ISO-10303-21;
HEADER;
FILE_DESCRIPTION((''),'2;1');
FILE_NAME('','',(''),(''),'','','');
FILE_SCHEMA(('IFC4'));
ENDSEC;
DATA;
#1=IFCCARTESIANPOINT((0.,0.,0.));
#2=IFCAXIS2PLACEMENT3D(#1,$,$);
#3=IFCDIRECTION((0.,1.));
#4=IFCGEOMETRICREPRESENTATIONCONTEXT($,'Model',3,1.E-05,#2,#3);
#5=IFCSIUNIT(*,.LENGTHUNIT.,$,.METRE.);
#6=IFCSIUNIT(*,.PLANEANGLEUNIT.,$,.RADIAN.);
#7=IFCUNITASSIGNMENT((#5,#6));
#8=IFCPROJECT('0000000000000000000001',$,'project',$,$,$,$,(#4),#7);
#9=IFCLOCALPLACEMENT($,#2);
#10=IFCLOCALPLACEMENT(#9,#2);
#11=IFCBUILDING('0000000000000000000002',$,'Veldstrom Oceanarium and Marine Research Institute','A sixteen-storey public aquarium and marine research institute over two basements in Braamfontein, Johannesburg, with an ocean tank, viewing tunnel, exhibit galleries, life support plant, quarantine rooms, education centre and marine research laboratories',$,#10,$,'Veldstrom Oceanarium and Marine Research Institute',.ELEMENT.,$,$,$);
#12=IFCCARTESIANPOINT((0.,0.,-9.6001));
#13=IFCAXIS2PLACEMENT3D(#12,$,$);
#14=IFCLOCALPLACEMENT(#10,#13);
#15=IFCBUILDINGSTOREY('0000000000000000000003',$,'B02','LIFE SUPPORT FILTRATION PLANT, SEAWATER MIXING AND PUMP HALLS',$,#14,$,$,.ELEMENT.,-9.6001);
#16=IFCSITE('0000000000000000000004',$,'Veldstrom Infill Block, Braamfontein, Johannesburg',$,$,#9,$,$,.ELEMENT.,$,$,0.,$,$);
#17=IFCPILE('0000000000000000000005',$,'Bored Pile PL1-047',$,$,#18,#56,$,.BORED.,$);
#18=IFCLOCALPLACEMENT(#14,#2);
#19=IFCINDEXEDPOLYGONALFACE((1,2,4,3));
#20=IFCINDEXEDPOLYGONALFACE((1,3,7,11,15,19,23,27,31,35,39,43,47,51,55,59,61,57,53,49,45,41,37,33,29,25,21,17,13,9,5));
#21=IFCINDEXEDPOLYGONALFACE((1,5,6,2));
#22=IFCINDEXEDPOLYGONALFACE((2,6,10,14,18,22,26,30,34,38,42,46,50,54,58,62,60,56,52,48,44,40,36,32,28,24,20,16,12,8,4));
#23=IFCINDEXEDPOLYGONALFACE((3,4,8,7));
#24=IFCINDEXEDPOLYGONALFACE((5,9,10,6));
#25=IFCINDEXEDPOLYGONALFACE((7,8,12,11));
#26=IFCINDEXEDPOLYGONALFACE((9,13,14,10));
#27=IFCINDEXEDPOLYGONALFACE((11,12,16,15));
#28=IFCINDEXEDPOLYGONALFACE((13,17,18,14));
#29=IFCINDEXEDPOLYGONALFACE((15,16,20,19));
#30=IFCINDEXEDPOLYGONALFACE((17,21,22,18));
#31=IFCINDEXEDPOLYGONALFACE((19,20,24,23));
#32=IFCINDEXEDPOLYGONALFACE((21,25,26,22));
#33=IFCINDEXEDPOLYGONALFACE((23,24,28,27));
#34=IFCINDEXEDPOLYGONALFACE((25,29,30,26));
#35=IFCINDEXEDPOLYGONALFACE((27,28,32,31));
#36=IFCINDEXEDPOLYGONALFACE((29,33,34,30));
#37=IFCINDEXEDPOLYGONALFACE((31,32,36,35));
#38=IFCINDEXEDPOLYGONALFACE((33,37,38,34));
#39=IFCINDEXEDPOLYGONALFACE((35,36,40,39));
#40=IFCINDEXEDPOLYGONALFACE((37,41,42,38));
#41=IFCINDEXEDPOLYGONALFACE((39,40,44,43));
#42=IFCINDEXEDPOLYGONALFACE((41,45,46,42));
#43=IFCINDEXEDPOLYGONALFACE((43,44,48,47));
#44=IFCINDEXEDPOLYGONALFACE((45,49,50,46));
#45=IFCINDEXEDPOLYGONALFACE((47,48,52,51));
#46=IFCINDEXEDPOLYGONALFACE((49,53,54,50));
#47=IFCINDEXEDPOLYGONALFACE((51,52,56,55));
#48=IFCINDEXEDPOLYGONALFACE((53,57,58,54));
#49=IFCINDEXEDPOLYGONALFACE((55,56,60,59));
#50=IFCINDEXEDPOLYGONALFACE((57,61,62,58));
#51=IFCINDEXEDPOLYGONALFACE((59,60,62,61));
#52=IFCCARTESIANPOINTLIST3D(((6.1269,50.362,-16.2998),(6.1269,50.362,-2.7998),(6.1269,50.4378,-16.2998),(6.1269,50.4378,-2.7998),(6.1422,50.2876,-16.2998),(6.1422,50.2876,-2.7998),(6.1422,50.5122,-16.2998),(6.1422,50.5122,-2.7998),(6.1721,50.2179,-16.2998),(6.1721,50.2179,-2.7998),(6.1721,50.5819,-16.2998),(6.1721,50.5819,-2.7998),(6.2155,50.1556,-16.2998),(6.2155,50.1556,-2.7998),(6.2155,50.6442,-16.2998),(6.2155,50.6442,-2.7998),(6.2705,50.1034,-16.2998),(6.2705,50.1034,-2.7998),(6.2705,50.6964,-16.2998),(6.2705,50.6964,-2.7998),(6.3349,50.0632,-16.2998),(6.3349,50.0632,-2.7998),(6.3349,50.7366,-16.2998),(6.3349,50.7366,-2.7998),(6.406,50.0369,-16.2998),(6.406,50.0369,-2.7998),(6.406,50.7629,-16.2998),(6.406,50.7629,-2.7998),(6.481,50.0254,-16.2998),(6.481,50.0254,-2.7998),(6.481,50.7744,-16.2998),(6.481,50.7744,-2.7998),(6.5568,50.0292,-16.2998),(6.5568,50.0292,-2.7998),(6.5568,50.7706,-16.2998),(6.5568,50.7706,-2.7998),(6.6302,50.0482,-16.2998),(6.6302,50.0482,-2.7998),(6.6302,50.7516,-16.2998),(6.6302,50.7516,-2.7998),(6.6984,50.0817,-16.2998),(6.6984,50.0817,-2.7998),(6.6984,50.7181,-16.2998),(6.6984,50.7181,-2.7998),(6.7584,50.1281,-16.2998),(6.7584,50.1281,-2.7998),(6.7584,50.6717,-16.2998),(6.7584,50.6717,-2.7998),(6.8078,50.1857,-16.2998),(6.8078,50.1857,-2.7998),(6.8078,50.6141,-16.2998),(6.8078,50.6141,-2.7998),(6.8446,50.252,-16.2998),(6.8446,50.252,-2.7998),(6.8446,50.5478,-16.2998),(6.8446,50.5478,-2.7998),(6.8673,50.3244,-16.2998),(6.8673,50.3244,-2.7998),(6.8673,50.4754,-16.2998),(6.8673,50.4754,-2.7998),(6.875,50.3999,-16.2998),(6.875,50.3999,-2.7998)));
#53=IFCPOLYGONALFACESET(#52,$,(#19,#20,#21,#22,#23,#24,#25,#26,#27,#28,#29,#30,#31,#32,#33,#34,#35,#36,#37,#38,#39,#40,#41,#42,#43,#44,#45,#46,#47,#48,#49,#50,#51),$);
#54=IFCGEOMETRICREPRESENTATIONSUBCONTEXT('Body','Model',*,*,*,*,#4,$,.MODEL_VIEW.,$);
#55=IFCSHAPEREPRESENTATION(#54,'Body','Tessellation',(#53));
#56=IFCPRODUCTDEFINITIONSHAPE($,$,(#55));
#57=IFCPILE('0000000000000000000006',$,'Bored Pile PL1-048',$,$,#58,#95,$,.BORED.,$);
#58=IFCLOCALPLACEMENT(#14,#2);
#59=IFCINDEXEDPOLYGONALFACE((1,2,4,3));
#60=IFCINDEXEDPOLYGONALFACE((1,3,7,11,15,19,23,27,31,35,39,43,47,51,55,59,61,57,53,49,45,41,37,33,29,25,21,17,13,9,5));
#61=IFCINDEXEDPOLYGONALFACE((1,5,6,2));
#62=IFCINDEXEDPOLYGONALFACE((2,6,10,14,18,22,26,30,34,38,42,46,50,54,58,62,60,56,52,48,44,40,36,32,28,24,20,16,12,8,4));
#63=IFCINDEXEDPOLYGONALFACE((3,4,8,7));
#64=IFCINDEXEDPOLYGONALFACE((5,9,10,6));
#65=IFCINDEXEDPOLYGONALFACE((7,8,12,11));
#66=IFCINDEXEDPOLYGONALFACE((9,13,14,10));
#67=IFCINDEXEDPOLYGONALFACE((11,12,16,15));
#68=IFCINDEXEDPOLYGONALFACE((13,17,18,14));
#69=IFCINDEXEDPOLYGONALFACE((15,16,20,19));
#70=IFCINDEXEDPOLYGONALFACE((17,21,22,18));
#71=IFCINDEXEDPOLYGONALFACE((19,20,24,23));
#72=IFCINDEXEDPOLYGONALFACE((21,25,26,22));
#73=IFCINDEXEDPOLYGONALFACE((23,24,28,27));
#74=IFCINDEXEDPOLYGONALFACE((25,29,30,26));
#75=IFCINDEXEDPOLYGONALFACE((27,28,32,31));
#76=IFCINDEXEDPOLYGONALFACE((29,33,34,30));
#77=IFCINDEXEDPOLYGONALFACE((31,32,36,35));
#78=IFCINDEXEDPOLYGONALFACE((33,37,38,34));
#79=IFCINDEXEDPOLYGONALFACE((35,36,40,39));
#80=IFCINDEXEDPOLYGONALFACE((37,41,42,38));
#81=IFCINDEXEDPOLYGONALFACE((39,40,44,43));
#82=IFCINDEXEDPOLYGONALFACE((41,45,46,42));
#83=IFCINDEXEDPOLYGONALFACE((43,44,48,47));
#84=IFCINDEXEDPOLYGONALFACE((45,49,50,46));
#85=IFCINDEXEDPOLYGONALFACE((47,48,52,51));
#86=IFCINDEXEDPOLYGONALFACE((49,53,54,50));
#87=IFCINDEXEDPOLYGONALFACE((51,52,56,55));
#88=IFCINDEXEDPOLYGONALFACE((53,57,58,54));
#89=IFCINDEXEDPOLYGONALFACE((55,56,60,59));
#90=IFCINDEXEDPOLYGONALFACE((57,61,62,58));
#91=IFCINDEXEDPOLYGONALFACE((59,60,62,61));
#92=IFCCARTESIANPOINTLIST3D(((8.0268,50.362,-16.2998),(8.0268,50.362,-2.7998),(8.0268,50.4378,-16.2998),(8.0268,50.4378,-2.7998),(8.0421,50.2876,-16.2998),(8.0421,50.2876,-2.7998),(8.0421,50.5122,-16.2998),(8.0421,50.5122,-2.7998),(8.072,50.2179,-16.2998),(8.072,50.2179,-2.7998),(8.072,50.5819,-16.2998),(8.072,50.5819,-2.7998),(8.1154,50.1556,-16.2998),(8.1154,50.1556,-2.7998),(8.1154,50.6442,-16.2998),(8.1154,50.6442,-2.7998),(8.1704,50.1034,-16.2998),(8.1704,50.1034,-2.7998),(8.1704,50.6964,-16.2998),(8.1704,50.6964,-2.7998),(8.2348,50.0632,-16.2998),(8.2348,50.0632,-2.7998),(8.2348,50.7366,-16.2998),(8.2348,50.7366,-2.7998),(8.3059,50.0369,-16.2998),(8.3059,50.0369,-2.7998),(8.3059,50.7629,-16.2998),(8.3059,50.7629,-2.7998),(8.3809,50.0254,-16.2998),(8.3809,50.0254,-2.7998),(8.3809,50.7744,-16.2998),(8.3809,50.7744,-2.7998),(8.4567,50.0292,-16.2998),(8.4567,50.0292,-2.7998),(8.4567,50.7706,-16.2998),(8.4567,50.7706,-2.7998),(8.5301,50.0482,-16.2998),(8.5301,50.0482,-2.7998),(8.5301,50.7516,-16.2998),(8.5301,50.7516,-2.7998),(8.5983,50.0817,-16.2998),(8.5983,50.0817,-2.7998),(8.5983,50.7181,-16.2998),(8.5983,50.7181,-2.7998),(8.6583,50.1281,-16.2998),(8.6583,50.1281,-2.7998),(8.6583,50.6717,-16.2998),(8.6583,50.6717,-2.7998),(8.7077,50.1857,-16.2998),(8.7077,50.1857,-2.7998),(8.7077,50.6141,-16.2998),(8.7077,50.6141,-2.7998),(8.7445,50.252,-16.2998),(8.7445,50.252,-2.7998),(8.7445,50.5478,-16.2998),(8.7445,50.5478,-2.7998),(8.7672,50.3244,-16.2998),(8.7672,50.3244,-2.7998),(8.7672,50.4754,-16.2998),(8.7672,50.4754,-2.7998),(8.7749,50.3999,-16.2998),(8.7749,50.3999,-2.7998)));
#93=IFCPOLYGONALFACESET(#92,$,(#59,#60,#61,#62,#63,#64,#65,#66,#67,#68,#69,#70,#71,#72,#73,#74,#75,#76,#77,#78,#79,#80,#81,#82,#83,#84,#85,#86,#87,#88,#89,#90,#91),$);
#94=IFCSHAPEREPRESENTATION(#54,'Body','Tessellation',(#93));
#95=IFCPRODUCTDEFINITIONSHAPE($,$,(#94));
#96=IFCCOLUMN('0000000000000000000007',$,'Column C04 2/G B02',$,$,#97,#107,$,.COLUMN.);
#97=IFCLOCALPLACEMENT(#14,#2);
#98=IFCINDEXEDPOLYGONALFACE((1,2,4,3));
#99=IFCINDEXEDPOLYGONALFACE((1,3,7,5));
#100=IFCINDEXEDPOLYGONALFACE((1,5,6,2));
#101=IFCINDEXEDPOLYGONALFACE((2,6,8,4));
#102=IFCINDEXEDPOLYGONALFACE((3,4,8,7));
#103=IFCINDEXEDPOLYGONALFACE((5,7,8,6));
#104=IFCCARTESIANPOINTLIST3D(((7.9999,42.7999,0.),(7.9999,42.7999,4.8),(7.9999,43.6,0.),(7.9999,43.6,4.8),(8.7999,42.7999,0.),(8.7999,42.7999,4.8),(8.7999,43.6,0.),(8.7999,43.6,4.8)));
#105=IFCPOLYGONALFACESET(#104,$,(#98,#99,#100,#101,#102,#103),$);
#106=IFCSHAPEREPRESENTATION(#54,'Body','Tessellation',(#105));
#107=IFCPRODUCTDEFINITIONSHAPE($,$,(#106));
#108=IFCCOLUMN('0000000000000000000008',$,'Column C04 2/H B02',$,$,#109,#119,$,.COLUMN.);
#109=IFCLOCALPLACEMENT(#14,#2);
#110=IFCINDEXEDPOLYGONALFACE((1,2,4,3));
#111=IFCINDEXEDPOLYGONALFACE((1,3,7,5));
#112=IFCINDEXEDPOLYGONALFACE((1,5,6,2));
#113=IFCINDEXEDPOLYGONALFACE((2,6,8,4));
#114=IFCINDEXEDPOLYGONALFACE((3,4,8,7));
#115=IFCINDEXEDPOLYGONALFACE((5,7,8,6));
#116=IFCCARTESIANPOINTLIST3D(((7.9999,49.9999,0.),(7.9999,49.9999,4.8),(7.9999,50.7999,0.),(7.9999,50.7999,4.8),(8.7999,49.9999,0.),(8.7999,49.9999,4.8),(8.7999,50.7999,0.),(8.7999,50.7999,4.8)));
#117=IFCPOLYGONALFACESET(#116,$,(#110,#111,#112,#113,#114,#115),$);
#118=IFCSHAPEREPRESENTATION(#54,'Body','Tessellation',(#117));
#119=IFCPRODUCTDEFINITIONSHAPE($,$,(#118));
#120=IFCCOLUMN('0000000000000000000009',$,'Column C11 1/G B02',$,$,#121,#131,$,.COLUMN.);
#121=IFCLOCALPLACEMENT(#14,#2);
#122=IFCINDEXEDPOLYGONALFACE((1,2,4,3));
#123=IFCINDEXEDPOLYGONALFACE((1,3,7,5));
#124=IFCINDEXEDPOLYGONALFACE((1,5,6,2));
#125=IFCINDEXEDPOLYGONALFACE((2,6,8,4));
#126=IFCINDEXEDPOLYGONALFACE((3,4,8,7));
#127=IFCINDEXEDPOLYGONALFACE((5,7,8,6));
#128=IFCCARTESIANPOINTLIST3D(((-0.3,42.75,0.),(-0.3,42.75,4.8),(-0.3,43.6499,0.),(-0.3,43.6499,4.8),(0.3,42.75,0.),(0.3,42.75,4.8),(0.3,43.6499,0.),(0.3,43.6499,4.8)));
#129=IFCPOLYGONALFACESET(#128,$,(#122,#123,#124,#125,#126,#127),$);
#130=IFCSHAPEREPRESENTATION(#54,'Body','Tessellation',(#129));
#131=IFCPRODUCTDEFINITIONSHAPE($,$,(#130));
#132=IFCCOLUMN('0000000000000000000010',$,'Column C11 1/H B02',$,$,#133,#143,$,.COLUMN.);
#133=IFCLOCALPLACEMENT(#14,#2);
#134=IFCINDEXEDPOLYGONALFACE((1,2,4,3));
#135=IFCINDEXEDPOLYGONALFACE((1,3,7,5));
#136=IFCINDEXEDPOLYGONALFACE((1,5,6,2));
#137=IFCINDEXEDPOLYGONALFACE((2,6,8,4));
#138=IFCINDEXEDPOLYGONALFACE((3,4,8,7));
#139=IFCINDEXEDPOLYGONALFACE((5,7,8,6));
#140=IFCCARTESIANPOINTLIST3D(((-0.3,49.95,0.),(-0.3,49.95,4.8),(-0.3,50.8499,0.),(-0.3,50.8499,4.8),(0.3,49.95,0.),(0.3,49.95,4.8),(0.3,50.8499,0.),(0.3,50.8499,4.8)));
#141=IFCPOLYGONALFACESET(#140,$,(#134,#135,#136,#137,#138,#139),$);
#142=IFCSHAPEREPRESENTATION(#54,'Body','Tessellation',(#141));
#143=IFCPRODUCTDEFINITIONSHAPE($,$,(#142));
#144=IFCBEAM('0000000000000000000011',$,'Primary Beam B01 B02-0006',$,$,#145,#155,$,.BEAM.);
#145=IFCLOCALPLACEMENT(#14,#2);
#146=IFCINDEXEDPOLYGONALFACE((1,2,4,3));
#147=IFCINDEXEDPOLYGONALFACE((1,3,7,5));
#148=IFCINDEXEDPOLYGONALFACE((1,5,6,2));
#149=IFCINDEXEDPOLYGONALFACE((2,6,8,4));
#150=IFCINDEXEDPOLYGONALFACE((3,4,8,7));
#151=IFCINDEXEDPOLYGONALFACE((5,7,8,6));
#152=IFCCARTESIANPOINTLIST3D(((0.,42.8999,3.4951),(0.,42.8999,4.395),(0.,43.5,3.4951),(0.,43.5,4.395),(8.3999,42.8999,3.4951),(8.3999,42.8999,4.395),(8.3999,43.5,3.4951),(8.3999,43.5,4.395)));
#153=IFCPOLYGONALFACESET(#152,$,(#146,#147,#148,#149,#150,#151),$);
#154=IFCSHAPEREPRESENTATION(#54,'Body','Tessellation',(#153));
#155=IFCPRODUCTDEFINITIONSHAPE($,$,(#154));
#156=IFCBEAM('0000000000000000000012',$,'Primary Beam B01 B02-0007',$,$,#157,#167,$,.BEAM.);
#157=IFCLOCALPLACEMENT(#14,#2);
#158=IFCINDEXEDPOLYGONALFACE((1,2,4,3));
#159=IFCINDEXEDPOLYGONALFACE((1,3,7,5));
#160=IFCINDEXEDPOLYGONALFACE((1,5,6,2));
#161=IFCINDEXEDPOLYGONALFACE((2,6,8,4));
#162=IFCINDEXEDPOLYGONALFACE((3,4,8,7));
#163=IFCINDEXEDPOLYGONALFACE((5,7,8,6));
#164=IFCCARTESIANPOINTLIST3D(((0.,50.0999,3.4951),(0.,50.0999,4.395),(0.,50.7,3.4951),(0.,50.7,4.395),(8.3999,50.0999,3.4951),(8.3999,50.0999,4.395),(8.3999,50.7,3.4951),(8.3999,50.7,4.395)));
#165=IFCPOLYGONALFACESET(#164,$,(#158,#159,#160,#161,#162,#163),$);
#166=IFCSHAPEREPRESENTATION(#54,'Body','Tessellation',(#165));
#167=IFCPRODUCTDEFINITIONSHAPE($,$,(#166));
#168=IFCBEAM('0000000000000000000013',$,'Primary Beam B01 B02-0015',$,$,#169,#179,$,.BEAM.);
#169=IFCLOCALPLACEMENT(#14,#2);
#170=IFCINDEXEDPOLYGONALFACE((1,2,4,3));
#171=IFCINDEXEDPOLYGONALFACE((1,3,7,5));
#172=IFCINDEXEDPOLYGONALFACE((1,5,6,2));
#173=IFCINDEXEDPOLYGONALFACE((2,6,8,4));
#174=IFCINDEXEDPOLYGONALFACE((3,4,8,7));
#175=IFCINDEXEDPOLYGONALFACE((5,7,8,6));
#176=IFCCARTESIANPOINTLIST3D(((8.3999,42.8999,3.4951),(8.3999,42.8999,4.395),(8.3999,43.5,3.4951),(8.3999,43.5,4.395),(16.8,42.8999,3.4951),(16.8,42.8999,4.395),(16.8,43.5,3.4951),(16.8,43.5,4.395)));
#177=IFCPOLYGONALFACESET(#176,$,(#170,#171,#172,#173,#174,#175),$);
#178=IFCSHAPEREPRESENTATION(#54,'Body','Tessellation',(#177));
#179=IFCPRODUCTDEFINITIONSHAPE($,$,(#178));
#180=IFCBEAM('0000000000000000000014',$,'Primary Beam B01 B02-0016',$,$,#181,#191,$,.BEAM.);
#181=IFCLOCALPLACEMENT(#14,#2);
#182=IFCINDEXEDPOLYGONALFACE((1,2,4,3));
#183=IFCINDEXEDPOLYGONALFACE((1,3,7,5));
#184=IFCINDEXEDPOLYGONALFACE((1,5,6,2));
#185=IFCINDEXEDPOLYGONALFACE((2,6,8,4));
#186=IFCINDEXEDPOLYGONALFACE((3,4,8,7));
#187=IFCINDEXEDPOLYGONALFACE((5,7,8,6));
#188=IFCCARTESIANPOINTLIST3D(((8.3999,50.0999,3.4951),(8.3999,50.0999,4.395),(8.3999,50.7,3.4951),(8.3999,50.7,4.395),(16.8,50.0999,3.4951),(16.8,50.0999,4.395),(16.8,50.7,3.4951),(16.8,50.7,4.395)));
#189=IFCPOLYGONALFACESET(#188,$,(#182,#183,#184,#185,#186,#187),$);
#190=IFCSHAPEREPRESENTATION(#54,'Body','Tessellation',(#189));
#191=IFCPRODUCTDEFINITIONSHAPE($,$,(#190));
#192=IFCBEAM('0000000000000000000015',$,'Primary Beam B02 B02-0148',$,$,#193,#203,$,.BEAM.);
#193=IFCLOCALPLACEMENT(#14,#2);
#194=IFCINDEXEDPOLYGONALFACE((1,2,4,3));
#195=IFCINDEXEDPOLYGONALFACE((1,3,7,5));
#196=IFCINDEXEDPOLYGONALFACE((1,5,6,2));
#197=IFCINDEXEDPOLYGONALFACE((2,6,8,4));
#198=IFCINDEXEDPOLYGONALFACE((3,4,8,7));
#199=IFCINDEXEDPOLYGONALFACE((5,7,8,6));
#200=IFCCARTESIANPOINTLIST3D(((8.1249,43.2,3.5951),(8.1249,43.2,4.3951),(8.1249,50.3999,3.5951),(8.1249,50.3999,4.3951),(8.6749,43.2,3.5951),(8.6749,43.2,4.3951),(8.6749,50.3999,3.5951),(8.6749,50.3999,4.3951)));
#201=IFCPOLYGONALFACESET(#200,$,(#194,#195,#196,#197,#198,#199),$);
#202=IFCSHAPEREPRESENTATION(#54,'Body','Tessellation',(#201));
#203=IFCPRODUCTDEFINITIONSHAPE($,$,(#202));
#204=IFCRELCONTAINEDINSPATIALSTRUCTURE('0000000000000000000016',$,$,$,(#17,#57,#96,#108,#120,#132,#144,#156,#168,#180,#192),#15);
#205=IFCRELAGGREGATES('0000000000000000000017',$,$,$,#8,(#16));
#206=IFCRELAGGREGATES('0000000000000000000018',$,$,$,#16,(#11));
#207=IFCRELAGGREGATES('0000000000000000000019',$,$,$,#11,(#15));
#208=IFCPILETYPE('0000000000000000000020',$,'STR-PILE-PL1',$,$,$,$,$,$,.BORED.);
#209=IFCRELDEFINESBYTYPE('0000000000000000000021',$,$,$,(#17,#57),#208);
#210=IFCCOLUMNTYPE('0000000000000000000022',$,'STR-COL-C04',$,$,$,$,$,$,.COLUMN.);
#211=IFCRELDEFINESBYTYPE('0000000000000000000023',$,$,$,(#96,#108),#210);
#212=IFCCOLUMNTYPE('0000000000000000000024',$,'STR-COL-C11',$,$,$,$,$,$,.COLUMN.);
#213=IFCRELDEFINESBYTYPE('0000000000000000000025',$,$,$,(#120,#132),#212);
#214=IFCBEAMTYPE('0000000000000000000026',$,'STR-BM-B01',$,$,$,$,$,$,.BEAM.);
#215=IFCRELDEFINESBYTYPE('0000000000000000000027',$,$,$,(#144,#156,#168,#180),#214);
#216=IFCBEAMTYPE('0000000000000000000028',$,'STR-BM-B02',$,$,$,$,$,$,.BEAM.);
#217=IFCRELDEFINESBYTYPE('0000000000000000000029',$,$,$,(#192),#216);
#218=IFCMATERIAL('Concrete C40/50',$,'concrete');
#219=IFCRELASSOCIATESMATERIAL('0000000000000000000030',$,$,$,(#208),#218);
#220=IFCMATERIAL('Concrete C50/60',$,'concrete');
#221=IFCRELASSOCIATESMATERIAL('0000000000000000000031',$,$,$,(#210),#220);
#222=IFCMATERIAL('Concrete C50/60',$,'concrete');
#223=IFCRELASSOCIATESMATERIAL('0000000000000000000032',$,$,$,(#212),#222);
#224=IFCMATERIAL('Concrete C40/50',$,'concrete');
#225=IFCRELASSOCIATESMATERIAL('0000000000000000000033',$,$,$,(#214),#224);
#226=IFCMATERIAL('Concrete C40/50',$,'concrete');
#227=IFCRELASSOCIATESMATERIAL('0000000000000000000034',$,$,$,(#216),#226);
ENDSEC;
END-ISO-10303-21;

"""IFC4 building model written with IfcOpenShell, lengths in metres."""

from ifc_helpers import new_model, si_unit, direction, frame, origin, origin_2d, place, context, subcontext, project, spatial, rectangle, circle, extrude, material, material_profile, profile_set, type_object, element, save


model = new_model("IFC4")

# Units and contexts
model_context = context("Model", 3, precision=1e-05, world=origin(), true_north=direction((0.0, 1.0)))
body_context = subcontext(model_context, "Body", "Model", "MODEL_VIEW")
ifc_project = project(units=[si_unit("LENGTHUNIT", "METRE"), si_unit("PLANEANGLEUNIT", "RADIAN")], contexts=[model_context])

# Site, building, storey
site_placement = place(None, origin())
site = spatial("IfcSite", under=ifc_project, at=site_placement, Name="Veldstrom Infill Block, Braamfontein, Johannesburg", CompositionType="ELEMENT", RefElevation=0.0)
building_placement = place(site_placement, origin())
building = spatial("IfcBuilding", under=site, at=building_placement, Name="Veldstrom Oceanarium and Marine Research Institute", Description="A sixteen-storey public aquarium and marine research institute over two basements in Braamfontein, Johannesburg, with an ocean tank, viewing tunnel, exhibit galleries, life support plant, quarantine rooms, education centre and marine research laboratories", LongName="Veldstrom Oceanarium and Marine Research Institute", CompositionType="ELEMENT")
storey_placement = place(building_placement, frame((0.0, 0.0, -9.6001)))
storey = spatial("IfcBuildingStorey", under=building, at=storey_placement, Name="B02", Description="LIFE SUPPORT FILTRATION PLANT, SEAWATER MIXING AND PUMP HALLS", CompositionType="ELEMENT", Elevation=-9.6001)

# Piles
ifc_material_1 = material(Name="Concrete C40/50", Category="concrete")
ifc_material_profile_1 = material_profile(ifc_material_1, circle(Radius=0.375, at=origin_2d()), Name="PILE-D750")
ifc_profile_set_1 = profile_set([ifc_material_profile_1], Name="Concrete C40/50")
pile_type = type_object("IfcPileType", Name="STR-PILE-PL1", PredefinedType="BORED", material=ifc_profile_set_1)
for number, where, z_axis, x_axis, name in (
    (1, (6.5, 50.3999, -2.7998), (0.0, 0.0, -1.0), (1.0, 0.0, 0.0), "Bored Pile PL1-047"),
    (2, (8.3999, 50.3999, -2.7998), (0.0, 0.0, -1.0), (1.0, 0.0, 0.0), "Bored Pile PL1-048"),
):
    element("IfcPile", number, at=place(storey_placement, frame(where, z_axis=z_axis, x_axis=x_axis)), inside=storey, type_object=pile_type, Name=name, PredefinedType="BORED", context=body_context, shape_type="SweptSolid", body=[
        extrude(circle(Radius=0.375, at=origin_2d()), origin(), (0.0, 0.0, 1.0), 13.5),
    ])

# Columns
ifc_material_2 = material(Name="Concrete C50/60", Category="concrete")
ifc_material_profile_2 = material_profile(ifc_material_2, rectangle(XDim=0.8, YDim=0.8, at=origin_2d()), Name="RC-COL-800x800")
ifc_profile_set_2 = profile_set([ifc_material_profile_2], Name="Concrete C50/60")
column_type_1 = type_object("IfcColumnType", Name="STR-COL-C04", PredefinedType="COLUMN", material=ifc_profile_set_2)
for number, where, z_axis, x_axis, name in (
    (3, (8.3999, 43.2, 0.0), (0.0, 0.0, 1.0), (1.0, 0.0, 0.0), "Column C04 2/G B02"),
    (4, (8.3999, 50.3999, 0.0), (0.0, 0.0, 1.0), (1.0, 0.0, 0.0), "Column C04 2/H B02"),
):
    element("IfcColumn", number, at=place(storey_placement, frame(where, z_axis=z_axis, x_axis=x_axis)), inside=storey, type_object=column_type_1, Name=name, PredefinedType="COLUMN", context=body_context, shape_type="SweptSolid", body=[
        extrude(rectangle(XDim=0.8, YDim=0.8, at=origin_2d()), origin(), (0.0, 0.0, 1.0), 4.8),
    ])
ifc_material_3 = material(Name="Concrete C50/60", Category="concrete")
ifc_material_profile_3 = material_profile(ifc_material_3, rectangle(XDim=0.6001, YDim=0.8999, at=origin_2d()), Name="RC-COL-900x600")
ifc_profile_set_3 = profile_set([ifc_material_profile_3], Name="Concrete C50/60")
column_type_2 = type_object("IfcColumnType", Name="STR-COL-C11", PredefinedType="COLUMN", material=ifc_profile_set_3)
for number, where, z_axis, x_axis, name in (
    (5, (0.0, 43.2, 0.0), (0.0, 0.0, 1.0), (1.0, 0.0, 0.0), "Column C11 1/G B02"),
    (6, (0.0, 50.3999, 0.0), (0.0, 0.0, 1.0), (1.0, 0.0, 0.0), "Column C11 1/H B02"),
):
    element("IfcColumn", number, at=place(storey_placement, frame(where, z_axis=z_axis, x_axis=x_axis)), inside=storey, type_object=column_type_2, Name=name, PredefinedType="COLUMN", context=body_context, shape_type="SweptSolid", body=[
        extrude(rectangle(XDim=0.6001, YDim=0.8999, at=origin_2d()), origin(), (0.0, 0.0, 1.0), 4.8),
    ])

# Beams
ifc_material_4 = material(Name="Concrete C40/50", Category="concrete")
ifc_material_profile_4 = material_profile(ifc_material_4, rectangle(XDim=0.6001, YDim=0.8999, at=origin_2d()), Name="RC-BM-600x900")
ifc_profile_set_4 = profile_set([ifc_material_profile_4], Name="Concrete C40/50")
beam_type_1 = type_object("IfcBeamType", Name="STR-BM-B01", PredefinedType="BEAM", material=ifc_profile_set_4)
for number, where, z_axis, x_axis, name in (
    (7, (0.0, 43.2, 3.9451), (1.0, 0.0, 0.0), (0.0, 1.0, 0.0), "Primary Beam B01 B02-0006"),
    (8, (0.0, 50.3999, 3.9451), (1.0, 0.0, 0.0), (0.0, 1.0, 0.0), "Primary Beam B01 B02-0007"),
):
    element("IfcBeam", number, at=place(storey_placement, frame(where, z_axis=z_axis, x_axis=x_axis)), inside=storey, type_object=beam_type_1, Name=name, PredefinedType="BEAM", context=body_context, shape_type="SweptSolid", body=[
        extrude(rectangle(XDim=0.6001, YDim=0.8999, at=origin_2d()), origin(), (0.0, 0.0, 1.0), 8.3999),
    ])
for number, where, z_axis, x_axis, name in (
    (9, (8.3999, 43.2, 3.9451), (1.0, 0.0, 0.0), (0.0, 1.0, 0.0), "Primary Beam B01 B02-0015"),
    (10, (8.3999, 50.3999, 3.9451), (1.0, 0.0, 0.0), (0.0, 1.0, 0.0), "Primary Beam B01 B02-0016"),
):
    element("IfcBeam", number, at=place(storey_placement, frame(where, z_axis=z_axis, x_axis=x_axis)), inside=storey, type_object=beam_type_1, Name=name, PredefinedType="BEAM", context=body_context, shape_type="SweptSolid", body=[
        extrude(rectangle(XDim=0.6001, YDim=0.8999, at=origin_2d()), origin(), (0.0, 0.0, 1.0), 8.4001),
    ])
ifc_material_5 = material(Name="Concrete C40/50", Category="concrete")
ifc_material_profile_5 = material_profile(ifc_material_5, rectangle(XDim=0.55, YDim=0.8, at=origin_2d()), Name="RC-BM-550x800")
ifc_profile_set_5 = profile_set([ifc_material_profile_5], Name="Concrete C40/50")
beam_type_2 = type_object("IfcBeamType", Name="STR-BM-B02", PredefinedType="BEAM", material=ifc_profile_set_5)
beam_1_placement = place(storey_placement, frame((8.3999, 43.2, 3.9951), z_axis=(0.0, 1.0, 0.0), x_axis=(-1.0, 0.0, 0.0)))
element("IfcBeam", 11, at=beam_1_placement, inside=storey, type_object=beam_type_2, Name="Primary Beam B02 B02-0148", PredefinedType="BEAM", context=body_context, shape_type="SweptSolid", body=[
    extrude(rectangle(XDim=0.55, YDim=0.8, at=origin_2d()), origin(), (0.0, 0.0, 1.0), 7.2),
])

save(model, "model.ifc")
